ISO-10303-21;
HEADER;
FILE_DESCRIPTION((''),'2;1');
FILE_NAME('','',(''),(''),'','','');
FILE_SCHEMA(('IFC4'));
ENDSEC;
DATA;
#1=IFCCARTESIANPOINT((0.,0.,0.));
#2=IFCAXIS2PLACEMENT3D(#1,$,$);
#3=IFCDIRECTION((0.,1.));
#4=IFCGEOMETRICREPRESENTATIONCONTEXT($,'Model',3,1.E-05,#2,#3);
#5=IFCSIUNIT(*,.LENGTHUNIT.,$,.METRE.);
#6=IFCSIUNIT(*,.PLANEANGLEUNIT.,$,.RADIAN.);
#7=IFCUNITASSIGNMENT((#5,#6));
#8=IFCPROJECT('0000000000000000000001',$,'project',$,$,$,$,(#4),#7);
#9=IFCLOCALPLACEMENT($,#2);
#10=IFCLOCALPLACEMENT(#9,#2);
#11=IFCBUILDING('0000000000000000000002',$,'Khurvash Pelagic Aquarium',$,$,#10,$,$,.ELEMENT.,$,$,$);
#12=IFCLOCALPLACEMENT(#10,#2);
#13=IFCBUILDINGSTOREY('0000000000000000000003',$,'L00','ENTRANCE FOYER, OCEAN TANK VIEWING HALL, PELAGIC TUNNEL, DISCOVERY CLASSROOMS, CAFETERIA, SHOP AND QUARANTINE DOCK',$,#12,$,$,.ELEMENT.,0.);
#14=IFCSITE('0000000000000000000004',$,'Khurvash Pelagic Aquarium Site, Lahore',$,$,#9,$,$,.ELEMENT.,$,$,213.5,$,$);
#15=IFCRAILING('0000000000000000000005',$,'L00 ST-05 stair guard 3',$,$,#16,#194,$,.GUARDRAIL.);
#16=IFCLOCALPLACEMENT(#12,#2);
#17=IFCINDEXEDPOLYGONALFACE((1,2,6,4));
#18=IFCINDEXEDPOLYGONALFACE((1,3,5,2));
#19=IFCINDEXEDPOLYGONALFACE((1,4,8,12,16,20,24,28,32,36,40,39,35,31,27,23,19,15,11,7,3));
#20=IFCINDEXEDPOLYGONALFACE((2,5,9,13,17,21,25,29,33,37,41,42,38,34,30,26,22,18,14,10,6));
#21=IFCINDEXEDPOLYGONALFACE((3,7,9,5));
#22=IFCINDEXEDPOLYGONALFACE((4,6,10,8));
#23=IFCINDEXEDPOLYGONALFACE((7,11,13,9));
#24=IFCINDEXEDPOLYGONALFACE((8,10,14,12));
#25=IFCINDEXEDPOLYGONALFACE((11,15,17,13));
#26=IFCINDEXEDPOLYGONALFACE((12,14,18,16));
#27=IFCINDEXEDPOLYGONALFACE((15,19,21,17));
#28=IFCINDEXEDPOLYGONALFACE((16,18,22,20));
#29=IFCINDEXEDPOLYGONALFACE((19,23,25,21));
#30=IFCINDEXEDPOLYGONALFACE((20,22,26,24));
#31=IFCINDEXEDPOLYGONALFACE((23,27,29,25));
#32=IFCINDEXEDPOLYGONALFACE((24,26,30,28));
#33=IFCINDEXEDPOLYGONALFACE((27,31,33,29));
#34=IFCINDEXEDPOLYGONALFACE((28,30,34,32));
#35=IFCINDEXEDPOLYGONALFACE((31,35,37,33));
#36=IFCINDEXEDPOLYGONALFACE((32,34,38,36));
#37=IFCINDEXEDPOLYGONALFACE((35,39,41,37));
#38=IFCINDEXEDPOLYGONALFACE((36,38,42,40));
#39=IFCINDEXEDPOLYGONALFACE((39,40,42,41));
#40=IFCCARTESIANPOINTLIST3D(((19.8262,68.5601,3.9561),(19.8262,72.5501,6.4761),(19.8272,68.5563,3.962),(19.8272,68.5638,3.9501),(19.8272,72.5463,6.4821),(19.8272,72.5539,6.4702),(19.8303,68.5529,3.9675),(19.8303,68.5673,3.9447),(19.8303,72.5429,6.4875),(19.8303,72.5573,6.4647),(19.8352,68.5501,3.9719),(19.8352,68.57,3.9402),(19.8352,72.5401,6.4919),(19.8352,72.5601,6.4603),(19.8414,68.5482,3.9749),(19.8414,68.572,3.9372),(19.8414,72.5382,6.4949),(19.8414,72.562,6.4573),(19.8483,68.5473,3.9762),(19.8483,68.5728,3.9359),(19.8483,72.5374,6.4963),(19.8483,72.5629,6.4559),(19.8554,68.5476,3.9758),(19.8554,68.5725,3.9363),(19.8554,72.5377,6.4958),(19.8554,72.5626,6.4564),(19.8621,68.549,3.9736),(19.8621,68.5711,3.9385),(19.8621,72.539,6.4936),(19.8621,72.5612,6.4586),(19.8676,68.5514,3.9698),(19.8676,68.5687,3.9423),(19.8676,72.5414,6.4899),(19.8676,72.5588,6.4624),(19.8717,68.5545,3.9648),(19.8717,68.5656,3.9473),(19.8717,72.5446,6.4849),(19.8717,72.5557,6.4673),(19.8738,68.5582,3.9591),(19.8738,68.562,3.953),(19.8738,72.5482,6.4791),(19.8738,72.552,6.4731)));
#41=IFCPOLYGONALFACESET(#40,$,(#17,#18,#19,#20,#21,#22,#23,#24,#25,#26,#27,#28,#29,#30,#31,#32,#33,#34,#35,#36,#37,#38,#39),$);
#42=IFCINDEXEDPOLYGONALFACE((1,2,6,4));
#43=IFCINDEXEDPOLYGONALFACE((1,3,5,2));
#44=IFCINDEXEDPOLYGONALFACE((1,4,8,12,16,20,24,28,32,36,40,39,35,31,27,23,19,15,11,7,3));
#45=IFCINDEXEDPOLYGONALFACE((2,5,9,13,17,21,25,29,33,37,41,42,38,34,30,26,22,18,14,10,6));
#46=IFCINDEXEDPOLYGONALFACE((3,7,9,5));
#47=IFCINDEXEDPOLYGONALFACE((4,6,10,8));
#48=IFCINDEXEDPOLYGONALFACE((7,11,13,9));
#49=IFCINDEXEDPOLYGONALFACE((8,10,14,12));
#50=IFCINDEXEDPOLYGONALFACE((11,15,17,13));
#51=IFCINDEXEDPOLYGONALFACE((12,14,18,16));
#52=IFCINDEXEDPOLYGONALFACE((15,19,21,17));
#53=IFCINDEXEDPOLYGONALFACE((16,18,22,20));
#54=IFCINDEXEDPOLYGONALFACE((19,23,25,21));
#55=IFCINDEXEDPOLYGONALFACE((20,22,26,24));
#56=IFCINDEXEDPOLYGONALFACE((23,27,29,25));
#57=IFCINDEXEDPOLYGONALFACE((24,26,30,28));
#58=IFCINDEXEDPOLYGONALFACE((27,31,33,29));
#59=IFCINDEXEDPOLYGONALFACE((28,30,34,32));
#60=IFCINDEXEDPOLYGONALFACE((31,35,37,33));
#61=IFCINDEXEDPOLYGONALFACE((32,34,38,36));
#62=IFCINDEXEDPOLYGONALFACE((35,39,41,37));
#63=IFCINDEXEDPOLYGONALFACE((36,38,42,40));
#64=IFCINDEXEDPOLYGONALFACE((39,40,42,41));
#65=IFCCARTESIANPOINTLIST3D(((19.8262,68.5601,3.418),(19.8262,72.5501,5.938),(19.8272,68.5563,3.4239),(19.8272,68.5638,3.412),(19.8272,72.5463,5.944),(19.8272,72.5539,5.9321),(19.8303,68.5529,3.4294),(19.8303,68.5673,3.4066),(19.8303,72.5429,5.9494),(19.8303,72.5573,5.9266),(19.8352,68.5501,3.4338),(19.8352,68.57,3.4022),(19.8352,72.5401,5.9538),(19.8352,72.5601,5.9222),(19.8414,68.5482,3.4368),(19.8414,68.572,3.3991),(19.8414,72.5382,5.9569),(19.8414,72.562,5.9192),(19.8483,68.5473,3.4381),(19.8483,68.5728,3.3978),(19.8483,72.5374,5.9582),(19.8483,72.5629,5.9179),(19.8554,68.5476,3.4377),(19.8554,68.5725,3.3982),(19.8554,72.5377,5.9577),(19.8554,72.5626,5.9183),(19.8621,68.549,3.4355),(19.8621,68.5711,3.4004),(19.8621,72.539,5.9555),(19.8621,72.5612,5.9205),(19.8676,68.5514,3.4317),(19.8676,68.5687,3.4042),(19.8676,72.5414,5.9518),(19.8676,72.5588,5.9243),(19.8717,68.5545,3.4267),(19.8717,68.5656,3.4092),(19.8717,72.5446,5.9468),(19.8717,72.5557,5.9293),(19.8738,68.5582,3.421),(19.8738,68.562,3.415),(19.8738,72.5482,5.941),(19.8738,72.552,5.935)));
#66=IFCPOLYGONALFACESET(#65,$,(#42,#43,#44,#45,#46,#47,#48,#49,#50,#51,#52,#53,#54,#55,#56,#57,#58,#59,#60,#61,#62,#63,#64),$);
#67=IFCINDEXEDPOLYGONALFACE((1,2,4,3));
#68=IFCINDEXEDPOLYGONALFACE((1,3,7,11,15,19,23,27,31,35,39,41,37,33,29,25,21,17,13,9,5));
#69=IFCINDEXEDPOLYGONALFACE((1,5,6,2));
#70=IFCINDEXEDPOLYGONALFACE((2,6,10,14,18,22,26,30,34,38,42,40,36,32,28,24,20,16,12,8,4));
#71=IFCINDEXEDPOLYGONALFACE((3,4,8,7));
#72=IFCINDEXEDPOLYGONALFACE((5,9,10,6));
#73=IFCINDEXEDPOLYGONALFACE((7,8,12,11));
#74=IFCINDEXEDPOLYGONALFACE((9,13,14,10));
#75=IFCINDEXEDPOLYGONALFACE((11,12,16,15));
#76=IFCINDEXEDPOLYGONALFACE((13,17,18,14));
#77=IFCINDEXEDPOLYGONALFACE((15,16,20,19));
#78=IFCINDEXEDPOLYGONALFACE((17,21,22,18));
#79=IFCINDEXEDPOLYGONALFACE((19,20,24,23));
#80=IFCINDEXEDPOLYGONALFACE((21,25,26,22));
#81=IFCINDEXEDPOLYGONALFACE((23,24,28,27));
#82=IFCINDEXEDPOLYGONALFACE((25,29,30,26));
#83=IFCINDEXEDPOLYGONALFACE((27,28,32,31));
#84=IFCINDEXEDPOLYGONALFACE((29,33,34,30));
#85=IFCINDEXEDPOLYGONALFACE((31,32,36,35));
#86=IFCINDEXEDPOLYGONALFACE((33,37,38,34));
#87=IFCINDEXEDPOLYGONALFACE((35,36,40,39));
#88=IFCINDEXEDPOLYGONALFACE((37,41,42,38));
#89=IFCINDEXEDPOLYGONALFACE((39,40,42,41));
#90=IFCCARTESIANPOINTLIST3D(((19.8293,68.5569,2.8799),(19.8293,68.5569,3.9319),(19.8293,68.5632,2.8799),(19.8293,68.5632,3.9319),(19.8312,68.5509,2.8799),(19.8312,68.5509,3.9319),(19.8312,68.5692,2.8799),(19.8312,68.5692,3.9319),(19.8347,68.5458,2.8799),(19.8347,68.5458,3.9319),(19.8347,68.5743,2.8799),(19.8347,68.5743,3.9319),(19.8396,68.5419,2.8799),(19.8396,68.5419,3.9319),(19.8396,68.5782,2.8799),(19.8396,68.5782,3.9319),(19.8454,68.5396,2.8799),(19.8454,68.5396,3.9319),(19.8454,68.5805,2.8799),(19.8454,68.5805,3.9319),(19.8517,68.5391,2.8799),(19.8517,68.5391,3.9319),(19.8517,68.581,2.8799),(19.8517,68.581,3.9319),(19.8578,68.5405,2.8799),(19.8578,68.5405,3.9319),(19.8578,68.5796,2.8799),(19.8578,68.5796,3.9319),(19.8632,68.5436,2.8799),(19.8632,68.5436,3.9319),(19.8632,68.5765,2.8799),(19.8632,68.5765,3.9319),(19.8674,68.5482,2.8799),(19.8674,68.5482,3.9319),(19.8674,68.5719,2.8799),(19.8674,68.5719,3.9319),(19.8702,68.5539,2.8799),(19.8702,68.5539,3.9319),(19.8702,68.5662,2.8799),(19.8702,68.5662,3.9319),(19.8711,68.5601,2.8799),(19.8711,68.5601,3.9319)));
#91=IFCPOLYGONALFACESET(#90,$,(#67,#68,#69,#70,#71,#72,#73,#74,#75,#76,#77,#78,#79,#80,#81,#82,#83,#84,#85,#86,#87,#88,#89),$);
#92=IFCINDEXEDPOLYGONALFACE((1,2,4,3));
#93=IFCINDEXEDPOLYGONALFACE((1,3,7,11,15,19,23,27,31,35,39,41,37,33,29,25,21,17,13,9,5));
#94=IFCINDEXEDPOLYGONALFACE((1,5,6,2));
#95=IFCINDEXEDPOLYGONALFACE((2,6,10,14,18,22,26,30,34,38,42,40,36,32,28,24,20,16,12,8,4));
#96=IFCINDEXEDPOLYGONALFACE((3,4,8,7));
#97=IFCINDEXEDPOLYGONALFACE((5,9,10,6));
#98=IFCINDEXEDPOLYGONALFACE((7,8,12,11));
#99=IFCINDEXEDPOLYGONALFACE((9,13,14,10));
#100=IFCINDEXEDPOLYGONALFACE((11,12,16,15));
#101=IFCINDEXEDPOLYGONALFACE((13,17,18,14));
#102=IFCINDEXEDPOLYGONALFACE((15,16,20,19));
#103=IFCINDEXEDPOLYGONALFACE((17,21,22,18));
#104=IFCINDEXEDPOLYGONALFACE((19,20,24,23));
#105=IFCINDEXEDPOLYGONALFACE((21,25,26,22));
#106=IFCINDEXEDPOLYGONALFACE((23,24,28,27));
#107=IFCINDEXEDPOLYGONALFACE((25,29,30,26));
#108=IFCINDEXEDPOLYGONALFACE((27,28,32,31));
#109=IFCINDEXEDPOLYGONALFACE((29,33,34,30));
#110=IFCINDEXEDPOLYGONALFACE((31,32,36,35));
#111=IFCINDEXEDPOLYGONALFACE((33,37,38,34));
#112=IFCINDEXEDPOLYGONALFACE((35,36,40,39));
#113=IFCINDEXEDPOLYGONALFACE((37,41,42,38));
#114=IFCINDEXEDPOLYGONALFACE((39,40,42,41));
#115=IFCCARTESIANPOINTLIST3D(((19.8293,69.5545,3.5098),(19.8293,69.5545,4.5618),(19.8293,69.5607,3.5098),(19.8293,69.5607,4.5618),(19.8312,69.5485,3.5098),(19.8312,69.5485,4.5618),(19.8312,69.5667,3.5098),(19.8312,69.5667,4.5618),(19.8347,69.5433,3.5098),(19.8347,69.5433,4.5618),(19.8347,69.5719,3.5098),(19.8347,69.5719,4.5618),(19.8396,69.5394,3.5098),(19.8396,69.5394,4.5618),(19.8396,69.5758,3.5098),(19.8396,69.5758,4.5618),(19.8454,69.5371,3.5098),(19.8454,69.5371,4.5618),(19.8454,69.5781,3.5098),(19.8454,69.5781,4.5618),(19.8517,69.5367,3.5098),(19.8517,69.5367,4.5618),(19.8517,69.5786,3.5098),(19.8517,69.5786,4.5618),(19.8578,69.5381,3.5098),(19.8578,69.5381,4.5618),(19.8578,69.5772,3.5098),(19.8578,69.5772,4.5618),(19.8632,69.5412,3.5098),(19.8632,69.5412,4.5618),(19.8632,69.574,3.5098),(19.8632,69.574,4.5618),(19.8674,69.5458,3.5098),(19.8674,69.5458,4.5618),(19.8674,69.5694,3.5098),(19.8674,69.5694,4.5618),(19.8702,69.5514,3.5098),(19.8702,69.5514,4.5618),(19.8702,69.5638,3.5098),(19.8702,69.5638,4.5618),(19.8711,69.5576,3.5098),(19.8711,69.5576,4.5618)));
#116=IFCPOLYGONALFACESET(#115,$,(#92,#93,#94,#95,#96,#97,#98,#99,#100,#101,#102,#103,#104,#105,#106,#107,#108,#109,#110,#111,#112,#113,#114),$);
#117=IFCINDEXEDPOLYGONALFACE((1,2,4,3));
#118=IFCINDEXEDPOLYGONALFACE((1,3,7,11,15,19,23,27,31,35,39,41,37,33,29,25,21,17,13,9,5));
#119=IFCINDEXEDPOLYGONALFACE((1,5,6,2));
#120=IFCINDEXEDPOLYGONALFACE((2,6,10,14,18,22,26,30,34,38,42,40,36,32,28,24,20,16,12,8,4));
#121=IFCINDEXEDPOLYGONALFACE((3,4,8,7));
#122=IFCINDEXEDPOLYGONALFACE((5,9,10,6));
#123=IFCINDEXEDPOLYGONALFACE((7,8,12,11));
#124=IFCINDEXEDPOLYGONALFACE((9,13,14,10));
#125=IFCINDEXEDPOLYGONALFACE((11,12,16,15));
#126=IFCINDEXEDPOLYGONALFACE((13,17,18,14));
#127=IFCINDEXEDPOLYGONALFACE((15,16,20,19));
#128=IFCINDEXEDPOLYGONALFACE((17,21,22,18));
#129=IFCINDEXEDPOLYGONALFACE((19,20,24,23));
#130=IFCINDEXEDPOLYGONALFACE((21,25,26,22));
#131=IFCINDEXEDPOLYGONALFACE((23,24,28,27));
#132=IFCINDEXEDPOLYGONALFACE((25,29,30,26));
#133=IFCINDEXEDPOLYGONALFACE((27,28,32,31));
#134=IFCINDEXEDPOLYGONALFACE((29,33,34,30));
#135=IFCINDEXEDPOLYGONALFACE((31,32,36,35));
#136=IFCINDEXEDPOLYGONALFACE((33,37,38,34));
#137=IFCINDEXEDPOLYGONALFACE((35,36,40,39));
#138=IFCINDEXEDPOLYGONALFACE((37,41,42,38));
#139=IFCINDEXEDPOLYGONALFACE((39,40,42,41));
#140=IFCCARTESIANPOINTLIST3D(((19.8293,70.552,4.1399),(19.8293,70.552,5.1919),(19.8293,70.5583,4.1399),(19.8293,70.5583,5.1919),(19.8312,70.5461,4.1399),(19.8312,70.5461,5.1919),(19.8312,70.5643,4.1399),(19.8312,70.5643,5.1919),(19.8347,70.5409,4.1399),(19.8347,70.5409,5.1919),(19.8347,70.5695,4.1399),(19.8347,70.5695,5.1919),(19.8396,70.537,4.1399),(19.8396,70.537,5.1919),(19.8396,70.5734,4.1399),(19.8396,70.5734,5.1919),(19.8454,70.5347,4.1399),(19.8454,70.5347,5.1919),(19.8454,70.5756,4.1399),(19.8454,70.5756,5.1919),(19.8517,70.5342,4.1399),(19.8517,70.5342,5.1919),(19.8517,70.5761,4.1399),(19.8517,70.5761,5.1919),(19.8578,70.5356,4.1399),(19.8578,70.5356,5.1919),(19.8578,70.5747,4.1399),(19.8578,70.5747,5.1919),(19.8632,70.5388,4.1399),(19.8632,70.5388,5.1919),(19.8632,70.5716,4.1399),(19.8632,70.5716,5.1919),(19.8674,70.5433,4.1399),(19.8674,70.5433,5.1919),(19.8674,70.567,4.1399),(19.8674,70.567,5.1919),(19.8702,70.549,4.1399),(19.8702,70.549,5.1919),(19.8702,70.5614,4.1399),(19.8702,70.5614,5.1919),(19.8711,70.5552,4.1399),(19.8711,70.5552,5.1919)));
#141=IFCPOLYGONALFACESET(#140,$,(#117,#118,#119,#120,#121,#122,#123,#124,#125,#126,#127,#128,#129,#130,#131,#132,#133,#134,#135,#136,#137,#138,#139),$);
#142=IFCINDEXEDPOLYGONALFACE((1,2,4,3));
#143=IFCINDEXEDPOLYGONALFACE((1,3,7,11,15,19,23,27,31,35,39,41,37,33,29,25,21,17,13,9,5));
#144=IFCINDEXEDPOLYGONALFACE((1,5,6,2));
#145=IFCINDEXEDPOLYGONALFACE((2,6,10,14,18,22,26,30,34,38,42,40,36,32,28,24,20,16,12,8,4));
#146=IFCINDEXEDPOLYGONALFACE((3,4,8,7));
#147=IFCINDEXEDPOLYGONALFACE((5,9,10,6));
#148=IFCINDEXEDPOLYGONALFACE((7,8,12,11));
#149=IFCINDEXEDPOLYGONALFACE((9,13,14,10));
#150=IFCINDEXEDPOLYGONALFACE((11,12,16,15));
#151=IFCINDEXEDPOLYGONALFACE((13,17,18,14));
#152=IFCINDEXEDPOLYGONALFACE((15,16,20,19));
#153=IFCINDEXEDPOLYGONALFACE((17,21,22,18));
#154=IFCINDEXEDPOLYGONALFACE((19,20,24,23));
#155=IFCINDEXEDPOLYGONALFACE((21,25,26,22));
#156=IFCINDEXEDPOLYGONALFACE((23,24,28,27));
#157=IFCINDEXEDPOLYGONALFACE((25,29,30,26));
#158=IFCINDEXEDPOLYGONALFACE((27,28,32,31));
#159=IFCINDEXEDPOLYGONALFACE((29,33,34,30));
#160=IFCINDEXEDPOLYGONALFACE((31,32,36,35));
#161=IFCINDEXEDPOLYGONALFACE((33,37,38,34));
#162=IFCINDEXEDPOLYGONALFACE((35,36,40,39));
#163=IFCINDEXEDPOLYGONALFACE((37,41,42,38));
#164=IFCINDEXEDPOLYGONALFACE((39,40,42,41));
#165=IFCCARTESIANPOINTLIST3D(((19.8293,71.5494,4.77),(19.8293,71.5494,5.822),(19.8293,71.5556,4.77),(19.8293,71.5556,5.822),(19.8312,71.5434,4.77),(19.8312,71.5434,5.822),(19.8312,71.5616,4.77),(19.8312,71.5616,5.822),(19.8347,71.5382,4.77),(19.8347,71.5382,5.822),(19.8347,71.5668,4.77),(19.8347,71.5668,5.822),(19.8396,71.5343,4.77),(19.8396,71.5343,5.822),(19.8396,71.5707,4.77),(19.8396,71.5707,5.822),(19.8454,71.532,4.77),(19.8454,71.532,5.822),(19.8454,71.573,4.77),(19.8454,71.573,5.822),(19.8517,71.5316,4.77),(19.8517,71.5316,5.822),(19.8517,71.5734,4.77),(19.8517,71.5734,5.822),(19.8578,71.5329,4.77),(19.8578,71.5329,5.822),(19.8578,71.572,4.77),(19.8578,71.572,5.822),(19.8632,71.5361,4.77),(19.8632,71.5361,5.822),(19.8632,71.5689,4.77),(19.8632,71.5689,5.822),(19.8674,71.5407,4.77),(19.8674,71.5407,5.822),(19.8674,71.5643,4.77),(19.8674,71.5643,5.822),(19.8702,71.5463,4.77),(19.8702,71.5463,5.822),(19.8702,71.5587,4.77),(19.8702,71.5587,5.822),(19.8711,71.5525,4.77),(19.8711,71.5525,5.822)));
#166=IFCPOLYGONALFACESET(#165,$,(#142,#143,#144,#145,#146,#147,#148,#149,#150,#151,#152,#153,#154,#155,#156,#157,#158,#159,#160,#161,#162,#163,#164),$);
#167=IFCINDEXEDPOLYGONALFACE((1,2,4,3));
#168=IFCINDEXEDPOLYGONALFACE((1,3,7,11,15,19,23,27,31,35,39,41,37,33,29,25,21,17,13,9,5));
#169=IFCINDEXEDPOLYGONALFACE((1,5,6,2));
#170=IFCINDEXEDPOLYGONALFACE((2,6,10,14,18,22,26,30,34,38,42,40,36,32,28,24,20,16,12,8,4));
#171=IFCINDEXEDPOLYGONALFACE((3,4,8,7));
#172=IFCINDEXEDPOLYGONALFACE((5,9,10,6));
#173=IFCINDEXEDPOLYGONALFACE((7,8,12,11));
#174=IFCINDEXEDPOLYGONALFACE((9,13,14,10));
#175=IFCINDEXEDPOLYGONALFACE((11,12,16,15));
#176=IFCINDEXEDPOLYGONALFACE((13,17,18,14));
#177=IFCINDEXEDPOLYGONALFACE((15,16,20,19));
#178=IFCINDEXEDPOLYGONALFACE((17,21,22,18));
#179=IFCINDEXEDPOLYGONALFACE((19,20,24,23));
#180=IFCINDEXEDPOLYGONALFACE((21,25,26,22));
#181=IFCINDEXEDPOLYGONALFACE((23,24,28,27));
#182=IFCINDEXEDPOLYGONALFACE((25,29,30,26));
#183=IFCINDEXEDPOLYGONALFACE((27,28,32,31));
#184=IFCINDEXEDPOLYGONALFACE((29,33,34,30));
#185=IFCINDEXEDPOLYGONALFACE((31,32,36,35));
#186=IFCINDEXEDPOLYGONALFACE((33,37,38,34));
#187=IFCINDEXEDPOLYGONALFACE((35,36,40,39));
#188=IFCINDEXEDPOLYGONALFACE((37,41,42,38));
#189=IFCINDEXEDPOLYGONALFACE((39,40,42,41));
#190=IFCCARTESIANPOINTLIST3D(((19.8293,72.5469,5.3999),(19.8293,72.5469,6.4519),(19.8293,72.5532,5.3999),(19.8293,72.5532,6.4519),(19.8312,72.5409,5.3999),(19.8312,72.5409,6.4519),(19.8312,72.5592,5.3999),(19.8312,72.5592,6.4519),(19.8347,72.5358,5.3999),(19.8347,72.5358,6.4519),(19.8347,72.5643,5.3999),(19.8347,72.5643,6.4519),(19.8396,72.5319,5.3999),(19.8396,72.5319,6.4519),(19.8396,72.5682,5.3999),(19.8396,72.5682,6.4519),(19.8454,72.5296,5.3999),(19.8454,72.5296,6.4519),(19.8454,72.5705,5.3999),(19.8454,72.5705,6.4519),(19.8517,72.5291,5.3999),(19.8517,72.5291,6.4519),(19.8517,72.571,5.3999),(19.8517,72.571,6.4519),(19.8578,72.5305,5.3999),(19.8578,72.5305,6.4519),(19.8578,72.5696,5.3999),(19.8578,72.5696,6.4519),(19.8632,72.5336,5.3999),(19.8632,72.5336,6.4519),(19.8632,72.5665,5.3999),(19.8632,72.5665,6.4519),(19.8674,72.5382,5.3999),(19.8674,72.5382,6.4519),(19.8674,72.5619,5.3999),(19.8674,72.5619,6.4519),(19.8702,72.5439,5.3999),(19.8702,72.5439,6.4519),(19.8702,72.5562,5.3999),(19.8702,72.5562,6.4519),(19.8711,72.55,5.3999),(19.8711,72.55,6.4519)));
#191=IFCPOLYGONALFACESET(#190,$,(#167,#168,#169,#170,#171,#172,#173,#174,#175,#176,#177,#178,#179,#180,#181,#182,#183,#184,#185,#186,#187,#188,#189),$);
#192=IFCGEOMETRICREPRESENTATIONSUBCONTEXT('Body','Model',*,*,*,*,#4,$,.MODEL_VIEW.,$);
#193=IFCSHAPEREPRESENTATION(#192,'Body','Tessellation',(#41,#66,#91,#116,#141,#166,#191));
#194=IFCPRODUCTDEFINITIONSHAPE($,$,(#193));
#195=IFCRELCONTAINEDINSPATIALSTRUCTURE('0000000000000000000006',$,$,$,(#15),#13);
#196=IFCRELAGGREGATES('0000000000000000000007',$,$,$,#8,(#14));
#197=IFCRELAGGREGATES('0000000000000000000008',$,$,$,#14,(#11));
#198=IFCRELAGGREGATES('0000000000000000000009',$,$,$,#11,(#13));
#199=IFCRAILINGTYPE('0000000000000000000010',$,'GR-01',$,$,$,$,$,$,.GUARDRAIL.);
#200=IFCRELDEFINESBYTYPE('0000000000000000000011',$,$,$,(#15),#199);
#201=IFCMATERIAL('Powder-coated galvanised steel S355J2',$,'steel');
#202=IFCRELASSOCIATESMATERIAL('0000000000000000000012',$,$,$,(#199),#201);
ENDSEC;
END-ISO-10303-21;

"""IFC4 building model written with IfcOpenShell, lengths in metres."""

from ifc_helpers import new_model, si_unit, direction, frame, origin, origin_2d, place, context, subcontext, project, spatial, circle, extrude, material, type_object, element, save


model = new_model("IFC4")

# Units and contexts
model_context = context("Model", 3, precision=1e-05, world=origin(), true_north=direction((0.0, 1.0)))
body_context = subcontext(model_context, "Body", "Model", "MODEL_VIEW")
ifc_project = project(units=[si_unit("LENGTHUNIT", "METRE"), si_unit("PLANEANGLEUNIT", "RADIAN")], contexts=[model_context])

# Site, building, storey
site_placement = place(None, origin())
site = spatial("IfcSite", under=ifc_project, at=site_placement, Name="Khurvash Pelagic Aquarium Site, Lahore", CompositionType="ELEMENT", RefElevation=213.5)
building_placement = place(site_placement, origin())
building = spatial("IfcBuilding", under=site, at=building_placement, Name="Khurvash Pelagic Aquarium", CompositionType="ELEMENT")
storey_placement = place(building_placement, origin())
storey = spatial("IfcBuildingStorey", under=building, at=storey_placement, Name="L00", Description="ENTRANCE FOYER, OCEAN TANK VIEWING HALL, PELAGIC TUNNEL, DISCOVERY CLASSROOMS, CAFETERIA, SHOP AND QUARANTINE DOCK", CompositionType="ELEMENT", Elevation=0.0)

# Railing
ifc_material_1 = material(Name="Powder-coated galvanised steel S355J2", Category="steel")
railing_type_1 = type_object("IfcRailingType", Name="GR-01", PredefinedType="GUARDRAIL", material=ifc_material_1)
railing_1_placement = place(storey_placement, frame((19.8501, 68.5601, 2.8799)))
element("IfcRailing", 1, at=railing_1_placement, inside=storey, type_object=railing_type_1, Name="L00 ST-05 stair guard 3", PredefinedType="GUARDRAIL", context=body_context, shape_type="SweptSolid", body=[
    extrude(circle(Radius=0.0239, at=origin_2d()), frame((0.0, 0.0, 1.0762), z_axis=(0.0, 0.845486, 0.533997), x_axis=(-1.0, 0.0, 0.0)), (0.0, 0.0, 1.0), 4.7192),
    extrude(circle(Radius=0.0239, at=origin_2d()), frame((0.0, 0.0, 0.5381), z_axis=(0.0, 0.845486, 0.533997), x_axis=(-1.0, 0.0, 0.0)), (0.0, 0.0, 1.0), 4.7192),
    extrude(circle(Radius=0.021, at=origin_2d()), origin(), (0.0, 0.0, 1.0), 1.052),
    extrude(circle(Radius=0.021, at=origin_2d()), frame((0.0, 0.9976, 0.6299)), (0.0, 0.0, 1.0), 1.052),
    extrude(circle(Radius=0.021, at=origin_2d()), frame((0.0, 1.9951, 1.26)), (0.0, 0.0, 1.0), 1.052),
    extrude(circle(Radius=0.021, at=origin_2d()), frame((0.0, 2.9924, 1.8901)), (0.0, 0.0, 1.0), 1.052),
    extrude(circle(Radius=0.021, at=origin_2d()), frame((0.0, 3.99, 2.52)), (0.0, 0.0, 1.0), 1.052),
])

save(model, "model.ifc")
